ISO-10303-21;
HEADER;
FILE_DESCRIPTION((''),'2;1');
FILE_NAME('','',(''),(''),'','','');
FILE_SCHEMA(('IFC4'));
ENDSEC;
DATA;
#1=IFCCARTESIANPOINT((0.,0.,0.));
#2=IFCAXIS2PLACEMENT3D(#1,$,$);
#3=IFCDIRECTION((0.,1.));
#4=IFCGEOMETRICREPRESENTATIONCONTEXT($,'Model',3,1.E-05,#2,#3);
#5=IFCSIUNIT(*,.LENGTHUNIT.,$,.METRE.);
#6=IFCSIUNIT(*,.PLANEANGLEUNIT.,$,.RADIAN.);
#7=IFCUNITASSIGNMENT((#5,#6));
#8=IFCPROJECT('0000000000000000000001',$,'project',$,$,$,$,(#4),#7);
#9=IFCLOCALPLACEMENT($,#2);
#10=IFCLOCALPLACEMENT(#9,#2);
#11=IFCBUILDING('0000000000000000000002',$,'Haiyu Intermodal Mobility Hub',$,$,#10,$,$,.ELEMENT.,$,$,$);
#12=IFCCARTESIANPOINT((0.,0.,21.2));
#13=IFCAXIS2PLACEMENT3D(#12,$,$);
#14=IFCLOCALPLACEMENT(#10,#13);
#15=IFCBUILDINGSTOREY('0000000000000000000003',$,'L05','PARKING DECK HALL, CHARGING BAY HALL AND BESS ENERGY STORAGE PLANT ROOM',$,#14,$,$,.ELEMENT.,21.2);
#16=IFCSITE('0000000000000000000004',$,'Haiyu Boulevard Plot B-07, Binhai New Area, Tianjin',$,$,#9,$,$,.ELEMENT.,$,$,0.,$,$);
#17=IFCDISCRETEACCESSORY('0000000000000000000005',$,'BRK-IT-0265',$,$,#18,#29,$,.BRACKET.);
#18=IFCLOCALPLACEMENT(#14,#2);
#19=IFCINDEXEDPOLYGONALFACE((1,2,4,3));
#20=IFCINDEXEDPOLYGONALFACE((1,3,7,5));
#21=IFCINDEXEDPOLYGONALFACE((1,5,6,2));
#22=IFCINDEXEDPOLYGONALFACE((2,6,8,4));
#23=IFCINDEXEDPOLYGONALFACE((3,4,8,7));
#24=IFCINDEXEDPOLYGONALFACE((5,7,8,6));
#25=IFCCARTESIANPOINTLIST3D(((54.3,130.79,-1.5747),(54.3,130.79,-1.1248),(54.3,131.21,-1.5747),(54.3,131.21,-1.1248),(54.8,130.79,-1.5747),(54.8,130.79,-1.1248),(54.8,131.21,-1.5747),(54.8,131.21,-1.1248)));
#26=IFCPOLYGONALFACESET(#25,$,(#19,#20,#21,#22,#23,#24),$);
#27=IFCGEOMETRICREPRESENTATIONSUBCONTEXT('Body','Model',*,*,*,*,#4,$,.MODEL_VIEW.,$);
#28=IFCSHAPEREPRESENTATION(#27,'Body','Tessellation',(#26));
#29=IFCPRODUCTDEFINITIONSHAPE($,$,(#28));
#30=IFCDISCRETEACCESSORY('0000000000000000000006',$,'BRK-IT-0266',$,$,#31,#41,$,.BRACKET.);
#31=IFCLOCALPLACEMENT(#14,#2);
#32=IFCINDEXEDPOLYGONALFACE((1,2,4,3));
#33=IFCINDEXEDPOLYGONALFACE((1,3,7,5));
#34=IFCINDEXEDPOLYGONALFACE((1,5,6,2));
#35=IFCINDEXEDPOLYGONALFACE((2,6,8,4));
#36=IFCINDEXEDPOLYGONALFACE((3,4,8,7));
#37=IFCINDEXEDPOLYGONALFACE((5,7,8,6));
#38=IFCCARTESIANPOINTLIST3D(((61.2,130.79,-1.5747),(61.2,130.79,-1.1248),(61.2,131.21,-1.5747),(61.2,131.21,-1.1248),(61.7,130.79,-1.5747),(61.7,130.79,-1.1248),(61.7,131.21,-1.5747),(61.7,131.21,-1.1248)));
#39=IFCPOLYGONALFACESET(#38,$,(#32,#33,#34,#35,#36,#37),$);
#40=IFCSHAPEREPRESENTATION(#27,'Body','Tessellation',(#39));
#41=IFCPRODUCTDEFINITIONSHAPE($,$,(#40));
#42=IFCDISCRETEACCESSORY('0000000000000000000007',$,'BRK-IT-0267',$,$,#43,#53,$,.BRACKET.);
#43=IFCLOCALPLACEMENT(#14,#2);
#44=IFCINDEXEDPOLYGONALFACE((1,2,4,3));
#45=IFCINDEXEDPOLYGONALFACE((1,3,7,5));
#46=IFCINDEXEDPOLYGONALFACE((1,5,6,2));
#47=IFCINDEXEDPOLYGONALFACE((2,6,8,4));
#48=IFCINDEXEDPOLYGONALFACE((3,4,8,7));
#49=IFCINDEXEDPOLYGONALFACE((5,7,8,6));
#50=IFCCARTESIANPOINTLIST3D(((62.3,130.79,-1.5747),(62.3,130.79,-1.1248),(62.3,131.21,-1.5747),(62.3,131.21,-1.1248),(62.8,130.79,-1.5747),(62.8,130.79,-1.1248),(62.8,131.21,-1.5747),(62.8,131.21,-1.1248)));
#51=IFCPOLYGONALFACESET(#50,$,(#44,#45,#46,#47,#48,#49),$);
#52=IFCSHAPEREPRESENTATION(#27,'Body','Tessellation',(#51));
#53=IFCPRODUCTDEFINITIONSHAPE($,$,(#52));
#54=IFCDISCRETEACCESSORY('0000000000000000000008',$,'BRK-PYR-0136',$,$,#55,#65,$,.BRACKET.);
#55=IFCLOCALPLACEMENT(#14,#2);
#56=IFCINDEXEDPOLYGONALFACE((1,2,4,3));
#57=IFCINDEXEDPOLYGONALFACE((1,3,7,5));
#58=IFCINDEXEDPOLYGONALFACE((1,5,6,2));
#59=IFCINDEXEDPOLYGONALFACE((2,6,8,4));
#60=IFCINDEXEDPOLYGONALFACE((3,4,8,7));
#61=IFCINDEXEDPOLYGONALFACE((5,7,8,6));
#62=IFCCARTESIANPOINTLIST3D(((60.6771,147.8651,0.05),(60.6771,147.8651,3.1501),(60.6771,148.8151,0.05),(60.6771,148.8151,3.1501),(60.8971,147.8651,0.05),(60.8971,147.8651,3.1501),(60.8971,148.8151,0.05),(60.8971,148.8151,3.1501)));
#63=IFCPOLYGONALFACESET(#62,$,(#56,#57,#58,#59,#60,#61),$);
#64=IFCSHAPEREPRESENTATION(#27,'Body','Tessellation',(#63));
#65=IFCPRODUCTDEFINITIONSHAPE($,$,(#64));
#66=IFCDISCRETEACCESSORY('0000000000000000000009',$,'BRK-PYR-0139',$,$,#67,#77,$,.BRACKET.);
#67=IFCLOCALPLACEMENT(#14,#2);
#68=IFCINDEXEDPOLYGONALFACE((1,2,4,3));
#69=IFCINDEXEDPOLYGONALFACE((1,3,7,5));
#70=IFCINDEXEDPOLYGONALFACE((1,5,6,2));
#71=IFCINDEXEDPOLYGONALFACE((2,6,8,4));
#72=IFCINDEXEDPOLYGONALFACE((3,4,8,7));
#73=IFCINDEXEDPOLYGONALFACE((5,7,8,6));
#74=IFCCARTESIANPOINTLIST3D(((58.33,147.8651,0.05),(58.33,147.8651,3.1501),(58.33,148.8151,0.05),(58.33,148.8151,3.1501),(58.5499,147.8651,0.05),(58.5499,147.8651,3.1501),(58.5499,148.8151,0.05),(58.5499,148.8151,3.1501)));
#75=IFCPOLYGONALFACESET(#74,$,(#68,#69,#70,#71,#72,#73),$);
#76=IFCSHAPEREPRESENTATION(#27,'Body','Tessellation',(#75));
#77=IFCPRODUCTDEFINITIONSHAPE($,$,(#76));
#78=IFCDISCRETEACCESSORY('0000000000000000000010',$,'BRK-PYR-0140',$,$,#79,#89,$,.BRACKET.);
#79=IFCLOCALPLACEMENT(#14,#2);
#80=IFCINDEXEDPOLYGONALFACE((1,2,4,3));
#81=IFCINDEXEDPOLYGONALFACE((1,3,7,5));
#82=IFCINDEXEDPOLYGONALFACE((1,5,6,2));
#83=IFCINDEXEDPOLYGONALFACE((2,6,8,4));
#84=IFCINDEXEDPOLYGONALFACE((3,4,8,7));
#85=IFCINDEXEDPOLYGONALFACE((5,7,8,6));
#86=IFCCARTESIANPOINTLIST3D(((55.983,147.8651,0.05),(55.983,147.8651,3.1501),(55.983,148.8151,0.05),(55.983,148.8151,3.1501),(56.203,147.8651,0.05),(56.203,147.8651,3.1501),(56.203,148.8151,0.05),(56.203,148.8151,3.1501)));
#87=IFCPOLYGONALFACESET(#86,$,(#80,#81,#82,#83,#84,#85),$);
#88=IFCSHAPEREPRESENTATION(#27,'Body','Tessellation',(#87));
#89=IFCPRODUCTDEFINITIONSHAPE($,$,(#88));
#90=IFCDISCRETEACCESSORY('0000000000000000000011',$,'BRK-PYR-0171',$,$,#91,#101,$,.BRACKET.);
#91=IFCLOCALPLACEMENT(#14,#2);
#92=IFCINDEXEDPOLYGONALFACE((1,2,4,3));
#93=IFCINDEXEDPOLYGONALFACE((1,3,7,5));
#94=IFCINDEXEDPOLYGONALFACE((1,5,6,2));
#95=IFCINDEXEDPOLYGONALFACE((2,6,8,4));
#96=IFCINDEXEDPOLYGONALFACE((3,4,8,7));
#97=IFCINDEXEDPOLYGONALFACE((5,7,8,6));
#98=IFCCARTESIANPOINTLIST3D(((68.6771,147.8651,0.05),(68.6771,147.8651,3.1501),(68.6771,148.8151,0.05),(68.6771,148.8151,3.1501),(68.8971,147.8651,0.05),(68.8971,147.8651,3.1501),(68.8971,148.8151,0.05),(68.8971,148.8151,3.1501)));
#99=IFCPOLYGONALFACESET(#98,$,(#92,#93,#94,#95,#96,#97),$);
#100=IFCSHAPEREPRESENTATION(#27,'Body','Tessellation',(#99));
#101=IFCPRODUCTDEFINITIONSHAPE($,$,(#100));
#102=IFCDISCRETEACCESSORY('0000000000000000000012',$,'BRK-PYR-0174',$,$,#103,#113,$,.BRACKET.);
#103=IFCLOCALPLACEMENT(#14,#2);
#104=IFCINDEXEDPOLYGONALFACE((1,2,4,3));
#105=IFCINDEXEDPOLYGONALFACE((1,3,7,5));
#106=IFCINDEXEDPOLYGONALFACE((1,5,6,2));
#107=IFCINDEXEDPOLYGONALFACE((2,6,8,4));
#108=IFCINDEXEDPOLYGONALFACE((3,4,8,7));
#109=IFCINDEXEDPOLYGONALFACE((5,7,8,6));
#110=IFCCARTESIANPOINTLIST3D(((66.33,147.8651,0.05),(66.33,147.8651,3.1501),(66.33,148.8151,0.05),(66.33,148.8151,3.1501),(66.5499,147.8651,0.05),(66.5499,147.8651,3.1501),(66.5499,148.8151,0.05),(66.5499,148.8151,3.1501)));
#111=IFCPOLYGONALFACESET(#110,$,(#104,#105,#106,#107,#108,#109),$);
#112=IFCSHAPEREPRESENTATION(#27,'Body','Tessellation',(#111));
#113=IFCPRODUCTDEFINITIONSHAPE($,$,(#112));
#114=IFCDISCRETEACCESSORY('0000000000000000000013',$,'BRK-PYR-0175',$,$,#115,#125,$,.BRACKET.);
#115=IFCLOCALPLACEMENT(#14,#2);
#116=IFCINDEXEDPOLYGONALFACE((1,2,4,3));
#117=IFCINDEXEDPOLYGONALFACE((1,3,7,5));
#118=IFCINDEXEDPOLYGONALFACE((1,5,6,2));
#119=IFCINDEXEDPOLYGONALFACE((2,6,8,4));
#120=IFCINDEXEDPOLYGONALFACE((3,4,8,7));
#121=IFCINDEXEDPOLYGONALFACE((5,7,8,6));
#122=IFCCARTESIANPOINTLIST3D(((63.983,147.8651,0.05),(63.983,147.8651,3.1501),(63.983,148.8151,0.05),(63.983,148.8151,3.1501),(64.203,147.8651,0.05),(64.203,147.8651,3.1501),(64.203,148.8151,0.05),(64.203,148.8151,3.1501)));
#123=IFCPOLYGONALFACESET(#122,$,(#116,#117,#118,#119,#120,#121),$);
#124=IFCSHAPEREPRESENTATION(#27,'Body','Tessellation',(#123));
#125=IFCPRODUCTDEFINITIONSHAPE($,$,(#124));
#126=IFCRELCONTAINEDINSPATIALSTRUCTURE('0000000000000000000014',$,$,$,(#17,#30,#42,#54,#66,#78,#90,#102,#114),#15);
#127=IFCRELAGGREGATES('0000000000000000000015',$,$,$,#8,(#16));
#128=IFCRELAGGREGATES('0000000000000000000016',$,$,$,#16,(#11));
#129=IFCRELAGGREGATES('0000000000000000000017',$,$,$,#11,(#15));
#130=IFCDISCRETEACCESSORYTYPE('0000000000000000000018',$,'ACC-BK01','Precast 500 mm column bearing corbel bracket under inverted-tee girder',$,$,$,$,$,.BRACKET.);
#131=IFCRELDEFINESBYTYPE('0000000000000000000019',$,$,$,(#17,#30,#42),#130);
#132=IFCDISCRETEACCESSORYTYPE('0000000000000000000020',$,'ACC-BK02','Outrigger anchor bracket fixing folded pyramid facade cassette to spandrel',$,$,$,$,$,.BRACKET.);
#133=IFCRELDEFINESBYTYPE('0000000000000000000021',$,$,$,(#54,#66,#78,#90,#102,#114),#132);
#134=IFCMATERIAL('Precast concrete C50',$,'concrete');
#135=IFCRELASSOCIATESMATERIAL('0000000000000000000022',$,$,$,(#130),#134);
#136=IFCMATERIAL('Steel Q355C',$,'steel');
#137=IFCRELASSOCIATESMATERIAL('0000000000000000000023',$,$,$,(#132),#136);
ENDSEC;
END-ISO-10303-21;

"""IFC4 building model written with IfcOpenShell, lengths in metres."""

from ifc_helpers import new_model, si_unit, direction, frame, origin, origin_2d, place, context, subcontext, project, spatial, rectangle, extrude, material, type_object, element, save


model = new_model("IFC4")

# Units and contexts
model_context = context("Model", 3, precision=1e-05, world=origin(), true_north=direction((0.0, 1.0)))
body_context = subcontext(model_context, "Body", "Model", "MODEL_VIEW")
ifc_project = project(units=[si_unit("LENGTHUNIT", "METRE"), si_unit("PLANEANGLEUNIT", "RADIAN")], contexts=[model_context])

# Site, building, storey
site_placement = place(None, origin())
site = spatial("IfcSite", under=ifc_project, at=site_placement, Name="Haiyu Boulevard Plot B-07, Binhai New Area, Tianjin", CompositionType="ELEMENT", RefElevation=0.0)
building_placement = place(site_placement, origin())
building = spatial("IfcBuilding", under=site, at=building_placement, Name="Haiyu Intermodal Mobility Hub", CompositionType="ELEMENT")
storey_placement = place(building_placement, frame((0.0, 0.0, 21.2)))
storey = spatial("IfcBuildingStorey", under=building, at=storey_placement, Name="L05", Description="PARKING DECK HALL, CHARGING BAY HALL AND BESS ENERGY STORAGE PLANT ROOM", CompositionType="ELEMENT", Elevation=21.2)

# Shared definitions
ifc_material_1 = material(Name="Precast concrete C50", Category="concrete")

# Shared definitions
ifc_material_2 = material(Name="Steel Q355C", Category="steel")

# Discrete accessories
discrete_accessory_type_1 = type_object("IfcDiscreteAccessoryType", Name="ACC-BK01", Description="Precast 500 mm column bearing corbel bracket under inverted-tee girder", PredefinedType="BRACKET", material=ifc_material_1)
for number, where, z_axis, x_axis, name in (
    (1, (54.55, 131.0, -1.5747), (0.0, 0.0, 1.0), (1.0, 0.0, 0.0), "BRK-IT-0265"),
    (2, (61.45, 131.0, -1.5747), (0.0, 0.0, 1.0), (1.0, 0.0, 0.0), "BRK-IT-0266"),
    (3, (62.55, 131.0, -1.5747), (0.0, 0.0, 1.0), (1.0, 0.0, 0.0), "BRK-IT-0267"),
):
    element("IfcDiscreteAccessory", number, at=place(storey_placement, frame(where, z_axis=z_axis, x_axis=x_axis)), inside=storey, type_object=discrete_accessory_type_1, Name=name, PredefinedType="BRACKET", context=body_context, shape_type="SweptSolid", body=[
        extrude(rectangle(XDim=0.5, YDim=0.4199, at=origin_2d()), origin(), (0.0, 0.0, 1.0), 0.45),
    ])
discrete_accessory_type_2 = type_object("IfcDiscreteAccessoryType", Name="ACC-BK02", Description="Outrigger anchor bracket fixing folded pyramid facade cassette to spandrel", PredefinedType="BRACKET", material=ifc_material_2)
for number, where, z_axis, x_axis, name in (
    (4, (60.7871, 148.3401, 0.05), (0.0, 0.0, 1.0), (1.0, 0.0, 0.0), "BRK-PYR-0136"),
    (5, (58.4399, 148.3401, 0.05), (0.0, 0.0, 1.0), (1.0, 0.0, 0.0), "BRK-PYR-0139"),
    (6, (56.093, 148.3401, 0.05), (0.0, 0.0, 1.0), (1.0, 0.0, 0.0), "BRK-PYR-0140"),
    (7, (68.7871, 148.3401, 0.05), (0.0, 0.0, 1.0), (1.0, 0.0, 0.0), "BRK-PYR-0171"),
    (8, (66.4399, 148.3401, 0.05), (0.0, 0.0, 1.0), (1.0, 0.0, 0.0), "BRK-PYR-0174"),
    (9, (64.093, 148.3401, 0.05), (0.0, 0.0, 1.0), (1.0, 0.0, 0.0), "BRK-PYR-0175"),
):
    element("IfcDiscreteAccessory", number, at=place(storey_placement, frame(where, z_axis=z_axis, x_axis=x_axis)), inside=storey, type_object=discrete_accessory_type_2, Name=name, PredefinedType="BRACKET", context=body_context, shape_type="SweptSolid", body=[
        extrude(rectangle(XDim=0.22, YDim=0.95, at=origin_2d()), origin(), (0.0, 0.0, 1.0), 3.1001),
    ])

save(model, "model.ifc")
